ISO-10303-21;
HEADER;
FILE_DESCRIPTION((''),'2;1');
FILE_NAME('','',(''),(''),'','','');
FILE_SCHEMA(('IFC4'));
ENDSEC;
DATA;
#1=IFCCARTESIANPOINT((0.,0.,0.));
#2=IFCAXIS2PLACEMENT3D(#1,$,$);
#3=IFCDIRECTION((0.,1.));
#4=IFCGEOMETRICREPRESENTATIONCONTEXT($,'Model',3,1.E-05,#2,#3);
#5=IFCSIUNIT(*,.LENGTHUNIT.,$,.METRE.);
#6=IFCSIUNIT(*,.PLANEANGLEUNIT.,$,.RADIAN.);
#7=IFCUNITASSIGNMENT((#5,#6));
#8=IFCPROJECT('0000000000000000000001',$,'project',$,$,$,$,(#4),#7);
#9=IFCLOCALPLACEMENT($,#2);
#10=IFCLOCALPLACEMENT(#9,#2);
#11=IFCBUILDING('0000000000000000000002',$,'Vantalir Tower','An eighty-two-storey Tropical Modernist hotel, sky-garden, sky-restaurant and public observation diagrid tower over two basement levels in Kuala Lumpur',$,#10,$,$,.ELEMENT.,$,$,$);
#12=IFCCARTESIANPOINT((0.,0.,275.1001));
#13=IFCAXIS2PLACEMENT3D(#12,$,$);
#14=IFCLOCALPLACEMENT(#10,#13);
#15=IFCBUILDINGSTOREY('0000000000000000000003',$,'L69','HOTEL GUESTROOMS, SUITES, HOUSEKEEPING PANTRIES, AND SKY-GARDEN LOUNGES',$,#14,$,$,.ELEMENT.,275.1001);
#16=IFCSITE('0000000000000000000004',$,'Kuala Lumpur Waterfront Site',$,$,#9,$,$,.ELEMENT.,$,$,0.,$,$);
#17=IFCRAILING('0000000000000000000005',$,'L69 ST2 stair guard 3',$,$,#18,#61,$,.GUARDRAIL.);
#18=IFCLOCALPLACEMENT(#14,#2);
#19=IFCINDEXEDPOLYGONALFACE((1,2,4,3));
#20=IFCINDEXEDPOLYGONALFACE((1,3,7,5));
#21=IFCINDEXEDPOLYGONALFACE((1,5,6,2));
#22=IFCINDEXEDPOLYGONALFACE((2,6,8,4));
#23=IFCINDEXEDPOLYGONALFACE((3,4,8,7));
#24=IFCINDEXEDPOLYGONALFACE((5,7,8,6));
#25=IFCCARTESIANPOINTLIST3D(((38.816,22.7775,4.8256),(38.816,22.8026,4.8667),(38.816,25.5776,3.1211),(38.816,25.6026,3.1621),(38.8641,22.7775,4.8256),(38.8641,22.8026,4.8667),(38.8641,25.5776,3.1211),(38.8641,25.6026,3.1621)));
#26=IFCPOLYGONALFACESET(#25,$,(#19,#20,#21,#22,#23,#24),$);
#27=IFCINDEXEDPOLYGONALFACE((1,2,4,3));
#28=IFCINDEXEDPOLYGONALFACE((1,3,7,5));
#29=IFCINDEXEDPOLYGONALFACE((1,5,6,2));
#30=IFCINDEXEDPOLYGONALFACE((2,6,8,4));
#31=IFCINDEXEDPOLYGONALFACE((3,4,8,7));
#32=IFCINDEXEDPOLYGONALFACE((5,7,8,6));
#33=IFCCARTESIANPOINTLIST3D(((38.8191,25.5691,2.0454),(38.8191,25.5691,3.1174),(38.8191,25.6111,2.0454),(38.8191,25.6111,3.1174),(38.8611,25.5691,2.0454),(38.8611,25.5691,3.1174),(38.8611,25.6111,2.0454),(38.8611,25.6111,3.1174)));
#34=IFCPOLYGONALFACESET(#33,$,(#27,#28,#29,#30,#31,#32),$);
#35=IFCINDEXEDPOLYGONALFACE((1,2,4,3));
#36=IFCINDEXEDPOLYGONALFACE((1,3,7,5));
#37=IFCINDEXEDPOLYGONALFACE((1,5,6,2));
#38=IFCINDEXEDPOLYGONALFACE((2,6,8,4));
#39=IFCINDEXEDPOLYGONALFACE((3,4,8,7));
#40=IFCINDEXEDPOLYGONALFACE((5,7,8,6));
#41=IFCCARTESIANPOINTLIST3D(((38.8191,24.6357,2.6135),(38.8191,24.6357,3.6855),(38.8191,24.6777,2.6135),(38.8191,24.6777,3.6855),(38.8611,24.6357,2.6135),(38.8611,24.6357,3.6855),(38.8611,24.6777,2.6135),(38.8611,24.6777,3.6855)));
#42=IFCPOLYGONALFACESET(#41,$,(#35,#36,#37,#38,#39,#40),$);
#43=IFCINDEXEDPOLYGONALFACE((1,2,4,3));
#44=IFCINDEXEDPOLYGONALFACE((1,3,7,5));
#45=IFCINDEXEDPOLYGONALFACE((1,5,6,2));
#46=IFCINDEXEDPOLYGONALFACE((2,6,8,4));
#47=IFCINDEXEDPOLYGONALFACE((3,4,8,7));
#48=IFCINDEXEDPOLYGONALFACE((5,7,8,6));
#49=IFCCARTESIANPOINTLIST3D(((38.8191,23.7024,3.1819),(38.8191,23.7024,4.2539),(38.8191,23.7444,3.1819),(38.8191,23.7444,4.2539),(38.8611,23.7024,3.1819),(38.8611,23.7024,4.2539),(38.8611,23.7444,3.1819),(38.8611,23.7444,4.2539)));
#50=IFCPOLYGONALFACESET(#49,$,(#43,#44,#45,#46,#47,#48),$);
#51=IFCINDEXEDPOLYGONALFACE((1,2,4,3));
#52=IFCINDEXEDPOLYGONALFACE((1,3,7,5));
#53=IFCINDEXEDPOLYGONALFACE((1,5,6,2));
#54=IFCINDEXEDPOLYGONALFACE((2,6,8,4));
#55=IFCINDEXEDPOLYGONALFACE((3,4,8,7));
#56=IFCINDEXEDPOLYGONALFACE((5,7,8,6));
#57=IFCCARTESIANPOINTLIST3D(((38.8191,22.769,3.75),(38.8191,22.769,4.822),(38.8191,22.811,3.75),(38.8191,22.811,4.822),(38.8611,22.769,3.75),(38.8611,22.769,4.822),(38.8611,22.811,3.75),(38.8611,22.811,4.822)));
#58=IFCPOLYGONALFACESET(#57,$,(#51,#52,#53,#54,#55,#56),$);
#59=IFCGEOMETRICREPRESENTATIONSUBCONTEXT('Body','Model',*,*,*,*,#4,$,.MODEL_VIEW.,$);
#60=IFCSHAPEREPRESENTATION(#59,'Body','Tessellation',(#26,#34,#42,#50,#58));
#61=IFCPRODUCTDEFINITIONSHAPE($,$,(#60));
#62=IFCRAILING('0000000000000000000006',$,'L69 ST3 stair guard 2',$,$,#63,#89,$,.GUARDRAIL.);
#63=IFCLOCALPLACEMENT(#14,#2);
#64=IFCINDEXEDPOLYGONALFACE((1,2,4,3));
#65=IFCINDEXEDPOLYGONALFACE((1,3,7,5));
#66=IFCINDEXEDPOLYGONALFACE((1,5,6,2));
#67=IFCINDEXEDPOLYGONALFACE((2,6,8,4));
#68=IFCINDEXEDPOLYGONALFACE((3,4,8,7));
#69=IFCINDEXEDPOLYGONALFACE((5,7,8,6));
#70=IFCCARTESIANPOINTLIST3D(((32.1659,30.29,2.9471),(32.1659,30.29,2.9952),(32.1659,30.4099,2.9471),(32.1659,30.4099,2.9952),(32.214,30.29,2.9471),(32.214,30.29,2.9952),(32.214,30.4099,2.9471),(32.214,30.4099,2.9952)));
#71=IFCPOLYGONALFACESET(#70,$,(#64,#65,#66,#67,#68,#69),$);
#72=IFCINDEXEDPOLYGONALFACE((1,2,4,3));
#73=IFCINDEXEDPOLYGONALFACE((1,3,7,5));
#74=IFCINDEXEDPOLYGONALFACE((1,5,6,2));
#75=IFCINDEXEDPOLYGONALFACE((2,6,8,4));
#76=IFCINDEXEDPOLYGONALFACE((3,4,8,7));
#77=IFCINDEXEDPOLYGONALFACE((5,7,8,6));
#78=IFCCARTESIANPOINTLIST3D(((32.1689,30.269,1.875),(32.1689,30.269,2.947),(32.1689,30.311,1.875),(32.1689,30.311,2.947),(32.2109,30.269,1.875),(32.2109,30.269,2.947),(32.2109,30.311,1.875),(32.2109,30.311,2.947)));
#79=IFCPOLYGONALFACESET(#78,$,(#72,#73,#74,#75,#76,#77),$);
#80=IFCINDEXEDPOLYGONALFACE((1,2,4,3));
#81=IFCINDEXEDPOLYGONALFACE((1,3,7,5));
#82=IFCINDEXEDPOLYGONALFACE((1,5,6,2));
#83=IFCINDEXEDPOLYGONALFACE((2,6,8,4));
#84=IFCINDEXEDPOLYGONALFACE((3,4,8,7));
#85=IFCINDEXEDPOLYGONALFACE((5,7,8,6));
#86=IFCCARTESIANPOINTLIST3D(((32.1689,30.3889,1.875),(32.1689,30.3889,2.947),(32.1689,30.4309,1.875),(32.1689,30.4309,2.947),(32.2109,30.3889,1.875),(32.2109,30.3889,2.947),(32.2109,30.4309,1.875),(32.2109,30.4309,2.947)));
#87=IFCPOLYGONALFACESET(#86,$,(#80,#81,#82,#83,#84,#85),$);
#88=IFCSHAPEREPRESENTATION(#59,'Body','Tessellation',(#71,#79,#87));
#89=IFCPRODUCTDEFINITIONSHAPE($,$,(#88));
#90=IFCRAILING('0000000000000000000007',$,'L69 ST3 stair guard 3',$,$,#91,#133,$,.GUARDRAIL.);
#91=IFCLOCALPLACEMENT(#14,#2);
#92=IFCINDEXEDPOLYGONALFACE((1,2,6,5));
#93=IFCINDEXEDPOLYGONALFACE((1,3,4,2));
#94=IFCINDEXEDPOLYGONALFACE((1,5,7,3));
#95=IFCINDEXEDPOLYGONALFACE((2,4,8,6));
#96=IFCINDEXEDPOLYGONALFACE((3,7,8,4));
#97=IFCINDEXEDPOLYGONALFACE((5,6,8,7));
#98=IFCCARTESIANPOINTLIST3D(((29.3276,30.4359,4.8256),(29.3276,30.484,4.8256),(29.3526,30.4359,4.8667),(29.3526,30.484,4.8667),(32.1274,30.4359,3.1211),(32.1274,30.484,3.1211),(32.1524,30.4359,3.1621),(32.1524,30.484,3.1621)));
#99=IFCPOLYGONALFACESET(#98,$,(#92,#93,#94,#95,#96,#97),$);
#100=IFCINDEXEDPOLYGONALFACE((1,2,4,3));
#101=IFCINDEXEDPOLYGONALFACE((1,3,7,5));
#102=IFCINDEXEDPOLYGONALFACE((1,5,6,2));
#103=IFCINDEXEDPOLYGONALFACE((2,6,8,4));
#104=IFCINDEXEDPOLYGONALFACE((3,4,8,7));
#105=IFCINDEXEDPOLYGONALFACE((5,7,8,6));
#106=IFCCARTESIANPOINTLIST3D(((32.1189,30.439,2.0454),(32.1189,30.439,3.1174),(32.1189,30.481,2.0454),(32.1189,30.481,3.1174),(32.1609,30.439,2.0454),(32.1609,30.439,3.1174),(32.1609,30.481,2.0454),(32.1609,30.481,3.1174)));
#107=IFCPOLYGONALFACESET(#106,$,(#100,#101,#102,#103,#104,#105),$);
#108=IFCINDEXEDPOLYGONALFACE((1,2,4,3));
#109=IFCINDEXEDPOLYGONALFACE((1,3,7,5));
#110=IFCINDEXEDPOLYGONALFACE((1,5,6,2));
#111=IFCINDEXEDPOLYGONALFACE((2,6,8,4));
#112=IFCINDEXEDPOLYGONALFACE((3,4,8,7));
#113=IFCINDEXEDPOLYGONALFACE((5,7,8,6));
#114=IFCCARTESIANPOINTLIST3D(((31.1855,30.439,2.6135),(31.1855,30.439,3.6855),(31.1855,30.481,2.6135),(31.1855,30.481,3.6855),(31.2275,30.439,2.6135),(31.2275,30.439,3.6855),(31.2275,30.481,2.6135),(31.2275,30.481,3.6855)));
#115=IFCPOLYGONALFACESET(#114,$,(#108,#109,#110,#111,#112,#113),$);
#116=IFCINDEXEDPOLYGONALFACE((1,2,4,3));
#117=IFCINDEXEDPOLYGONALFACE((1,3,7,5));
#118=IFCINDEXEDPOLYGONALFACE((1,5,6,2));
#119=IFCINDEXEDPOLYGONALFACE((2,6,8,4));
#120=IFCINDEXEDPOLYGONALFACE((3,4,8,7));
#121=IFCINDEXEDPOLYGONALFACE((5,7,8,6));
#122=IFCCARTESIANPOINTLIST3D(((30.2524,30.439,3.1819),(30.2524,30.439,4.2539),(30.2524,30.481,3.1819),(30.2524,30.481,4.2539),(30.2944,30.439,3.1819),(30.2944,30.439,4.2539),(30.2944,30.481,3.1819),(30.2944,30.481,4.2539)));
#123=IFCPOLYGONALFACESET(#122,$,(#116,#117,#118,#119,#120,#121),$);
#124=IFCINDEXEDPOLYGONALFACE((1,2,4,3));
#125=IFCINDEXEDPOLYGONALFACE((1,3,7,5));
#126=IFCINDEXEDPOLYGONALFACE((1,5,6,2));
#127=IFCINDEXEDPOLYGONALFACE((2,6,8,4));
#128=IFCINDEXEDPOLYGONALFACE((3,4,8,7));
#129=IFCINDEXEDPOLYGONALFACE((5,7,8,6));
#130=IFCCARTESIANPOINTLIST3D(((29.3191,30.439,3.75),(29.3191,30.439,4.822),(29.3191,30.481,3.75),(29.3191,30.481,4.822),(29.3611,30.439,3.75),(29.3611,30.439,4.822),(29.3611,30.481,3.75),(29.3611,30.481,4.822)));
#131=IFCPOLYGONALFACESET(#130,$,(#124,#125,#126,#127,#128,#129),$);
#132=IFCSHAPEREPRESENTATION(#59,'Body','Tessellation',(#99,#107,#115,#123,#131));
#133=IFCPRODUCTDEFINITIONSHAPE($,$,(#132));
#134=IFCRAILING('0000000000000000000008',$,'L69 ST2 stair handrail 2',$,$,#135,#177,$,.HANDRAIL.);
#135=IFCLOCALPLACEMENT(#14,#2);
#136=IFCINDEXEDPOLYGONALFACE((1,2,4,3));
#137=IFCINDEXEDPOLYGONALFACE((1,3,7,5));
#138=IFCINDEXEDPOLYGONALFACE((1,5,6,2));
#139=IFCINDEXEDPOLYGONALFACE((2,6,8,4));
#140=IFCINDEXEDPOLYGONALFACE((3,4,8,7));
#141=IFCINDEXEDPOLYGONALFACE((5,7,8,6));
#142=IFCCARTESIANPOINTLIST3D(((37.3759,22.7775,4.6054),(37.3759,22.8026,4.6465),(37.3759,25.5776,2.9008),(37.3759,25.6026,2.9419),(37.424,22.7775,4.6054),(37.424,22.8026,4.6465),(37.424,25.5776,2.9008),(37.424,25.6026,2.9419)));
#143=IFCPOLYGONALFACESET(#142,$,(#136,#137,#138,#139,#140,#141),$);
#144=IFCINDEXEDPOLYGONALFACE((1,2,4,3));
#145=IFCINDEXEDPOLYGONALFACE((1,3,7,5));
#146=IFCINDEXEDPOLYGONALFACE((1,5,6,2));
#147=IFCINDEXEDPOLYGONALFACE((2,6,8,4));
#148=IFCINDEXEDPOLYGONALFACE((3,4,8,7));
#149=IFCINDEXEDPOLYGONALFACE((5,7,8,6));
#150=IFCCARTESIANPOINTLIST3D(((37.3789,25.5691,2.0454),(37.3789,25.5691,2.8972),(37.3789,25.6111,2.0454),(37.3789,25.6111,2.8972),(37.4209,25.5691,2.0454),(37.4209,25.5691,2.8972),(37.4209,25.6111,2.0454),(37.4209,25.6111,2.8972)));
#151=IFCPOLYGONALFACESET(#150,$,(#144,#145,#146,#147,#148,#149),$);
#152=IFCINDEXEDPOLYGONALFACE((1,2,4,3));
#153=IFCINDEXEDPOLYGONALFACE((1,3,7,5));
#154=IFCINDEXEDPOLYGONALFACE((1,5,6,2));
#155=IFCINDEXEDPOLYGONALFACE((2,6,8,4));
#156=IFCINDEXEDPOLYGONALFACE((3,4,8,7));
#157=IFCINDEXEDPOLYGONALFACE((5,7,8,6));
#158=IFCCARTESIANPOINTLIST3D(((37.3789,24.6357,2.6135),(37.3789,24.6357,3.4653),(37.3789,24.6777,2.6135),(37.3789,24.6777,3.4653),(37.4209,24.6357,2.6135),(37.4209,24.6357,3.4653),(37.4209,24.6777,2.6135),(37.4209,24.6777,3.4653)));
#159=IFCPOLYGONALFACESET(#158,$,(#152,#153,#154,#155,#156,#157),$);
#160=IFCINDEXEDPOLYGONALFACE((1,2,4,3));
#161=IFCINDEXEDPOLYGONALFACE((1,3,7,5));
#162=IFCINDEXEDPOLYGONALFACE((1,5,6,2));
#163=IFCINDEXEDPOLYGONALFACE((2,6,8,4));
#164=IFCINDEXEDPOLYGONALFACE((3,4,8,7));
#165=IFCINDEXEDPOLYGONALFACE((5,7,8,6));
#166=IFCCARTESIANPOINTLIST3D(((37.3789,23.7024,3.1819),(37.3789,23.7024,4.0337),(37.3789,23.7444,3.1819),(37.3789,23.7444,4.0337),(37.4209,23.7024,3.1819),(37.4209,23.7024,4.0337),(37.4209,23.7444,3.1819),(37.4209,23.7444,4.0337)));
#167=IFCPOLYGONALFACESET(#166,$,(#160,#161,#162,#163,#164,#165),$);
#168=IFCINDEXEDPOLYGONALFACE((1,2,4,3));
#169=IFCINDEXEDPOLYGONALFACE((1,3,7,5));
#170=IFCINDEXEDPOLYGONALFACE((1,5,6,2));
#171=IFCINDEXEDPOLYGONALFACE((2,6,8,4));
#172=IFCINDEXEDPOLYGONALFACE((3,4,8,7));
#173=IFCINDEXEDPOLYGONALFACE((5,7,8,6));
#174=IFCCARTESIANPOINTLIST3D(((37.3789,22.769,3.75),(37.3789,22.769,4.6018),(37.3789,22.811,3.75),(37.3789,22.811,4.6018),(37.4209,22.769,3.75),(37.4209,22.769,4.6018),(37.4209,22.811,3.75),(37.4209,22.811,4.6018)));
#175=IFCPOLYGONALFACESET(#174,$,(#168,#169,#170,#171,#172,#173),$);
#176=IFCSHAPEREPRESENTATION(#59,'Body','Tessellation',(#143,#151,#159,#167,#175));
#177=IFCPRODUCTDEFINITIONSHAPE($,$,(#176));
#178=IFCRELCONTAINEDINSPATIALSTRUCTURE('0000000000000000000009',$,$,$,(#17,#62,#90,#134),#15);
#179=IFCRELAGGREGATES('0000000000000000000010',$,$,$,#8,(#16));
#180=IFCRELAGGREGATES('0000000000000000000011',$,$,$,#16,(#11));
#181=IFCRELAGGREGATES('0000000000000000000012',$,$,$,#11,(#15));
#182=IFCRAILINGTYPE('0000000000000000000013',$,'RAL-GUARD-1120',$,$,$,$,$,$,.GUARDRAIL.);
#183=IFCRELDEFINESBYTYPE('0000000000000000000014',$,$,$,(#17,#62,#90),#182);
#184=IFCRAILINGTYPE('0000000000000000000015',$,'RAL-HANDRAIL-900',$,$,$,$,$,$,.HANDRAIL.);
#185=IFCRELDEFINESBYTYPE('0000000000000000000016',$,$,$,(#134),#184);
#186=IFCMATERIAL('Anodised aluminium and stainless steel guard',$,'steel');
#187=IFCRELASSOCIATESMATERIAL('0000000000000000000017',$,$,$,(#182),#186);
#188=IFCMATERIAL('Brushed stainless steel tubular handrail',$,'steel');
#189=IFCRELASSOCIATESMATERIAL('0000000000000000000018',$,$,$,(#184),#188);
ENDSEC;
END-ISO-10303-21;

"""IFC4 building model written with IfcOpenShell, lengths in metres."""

from ifc_helpers import new_model, si_unit, direction, frame, origin, origin_2d, place, context, subcontext, project, spatial, rectangle, extrude, material, type_object, element, save


model = new_model("IFC4")

# Units and contexts
model_context = context("Model", 3, precision=1e-05, world=origin(), true_north=direction((0.0, 1.0)))
body_context = subcontext(model_context, "Body", "Model", "MODEL_VIEW")
ifc_project = project(units=[si_unit("LENGTHUNIT", "METRE"), si_unit("PLANEANGLEUNIT", "RADIAN")], contexts=[model_context])

# Site, building, storey
site_placement = place(None, origin())
site = spatial("IfcSite", under=ifc_project, at=site_placement, Name="Kuala Lumpur Waterfront Site", CompositionType="ELEMENT", RefElevation=0.0)
building_placement = place(site_placement, origin())
building = spatial("IfcBuilding", under=site, at=building_placement, Name="Vantalir Tower", Description="An eighty-two-storey Tropical Modernist hotel, sky-garden, sky-restaurant and public observation diagrid tower over two basement levels in Kuala Lumpur", CompositionType="ELEMENT")
storey_placement = place(building_placement, frame((0.0, 0.0, 275.1001)))
storey = spatial("IfcBuildingStorey", under=building, at=storey_placement, Name="L69", Description="HOTEL GUESTROOMS, SUITES, HOUSEKEEPING PANTRIES, AND SKY-GARDEN LOUNGES", CompositionType="ELEMENT", Elevation=275.1001)

# Railings
ifc_material_1 = material(Name="Anodised aluminium and stainless steel guard", Category="steel")
railing_type_1 = type_object("IfcRailingType", Name="RAL-GUARD-1120", PredefinedType="GUARDRAIL", material=ifc_material_1)
railing_1_placement = place(storey_placement, frame((38.8401, 25.5901, 2.0454)))
element("IfcRailing", 1, at=railing_1_placement, inside=storey, type_object=railing_type_1, Name="L69 ST2 stair guard 3", PredefinedType="GUARDRAIL", context=body_context, shape_type="SweptSolid", body=[
    extrude(rectangle(XDim=0.0481, YDim=0.0481, at=origin_2d()), frame((0.0, 0.0, 1.0962), z_axis=(0.0, -0.85417, 0.519994), x_axis=(1.0, 0.0, 0.0)), (0.0, 0.0, 1.0), 3.2781),
    extrude(rectangle(XDim=0.042, YDim=0.042, at=origin_2d()), origin(), (0.0, 0.0, 1.0), 1.072),
    extrude(rectangle(XDim=0.042, YDim=0.042, at=origin_2d()), frame((0.0, -0.9333, 0.5681)), (0.0, 0.0, 1.0), 1.072),
    extrude(rectangle(XDim=0.042, YDim=0.042, at=origin_2d()), frame((0.0, -1.8667, 1.1365)), (0.0, 0.0, 1.0), 1.072),
    extrude(rectangle(XDim=0.042, YDim=0.042, at=origin_2d()), frame((0.0, -2.8, 1.7046)), (0.0, 0.0, 1.0), 1.072),
])
railing_2_placement = place(storey_placement, frame((32.1899, 30.29, 1.875)))
element("IfcRailing", 2, at=railing_2_placement, inside=storey, type_object=railing_type_1, Name="L69 ST3 stair guard 2", PredefinedType="GUARDRAIL", context=body_context, shape_type="SweptSolid", body=[
    extrude(rectangle(XDim=0.0481, YDim=0.0481, at=origin_2d()), frame((0.0, 0.0, 1.0962), z_axis=(0.0, 1.0, 0.0), x_axis=(-1.0, 0.0, 0.0)), (0.0, 0.0, 1.0), 0.1199),
    extrude(rectangle(XDim=0.042, YDim=0.042, at=origin_2d()), origin(), (0.0, 0.0, 1.0), 1.072),
    extrude(rectangle(XDim=0.042, YDim=0.042, at=origin_2d()), frame((0.0, 0.1199, 0.0)), (0.0, 0.0, 1.0), 1.072),
])
railing_3_placement = place(storey_placement, frame((32.1399, 30.46, 2.0454)))
element("IfcRailing", 3, at=railing_3_placement, inside=storey, type_object=railing_type_1, Name="L69 ST3 stair guard 3", PredefinedType="GUARDRAIL", context=body_context, shape_type="SweptSolid", body=[
    extrude(rectangle(XDim=0.0481, YDim=0.0481, at=origin_2d()), frame((0.0, 0.0, 1.0962), z_axis=(-0.85415, 0.0, 0.520027), x_axis=(0.0, -1.0, 0.0)), (0.0, 0.0, 1.0), 3.2778),
    extrude(rectangle(XDim=0.042, YDim=0.042, at=origin_2d()), origin(), (0.0, 0.0, 1.0), 1.072),
    extrude(rectangle(XDim=0.042, YDim=0.042, at=origin_2d()), frame((-0.9333, 0.0, 0.5681)), (0.0, 0.0, 1.0), 1.072),
    extrude(rectangle(XDim=0.042, YDim=0.042, at=origin_2d()), frame((-1.8665, 0.0, 1.1365)), (0.0, 0.0, 1.0), 1.072),
    extrude(rectangle(XDim=0.042, YDim=0.042, at=origin_2d()), frame((-2.7998, 0.0, 1.7046)), (0.0, 0.0, 1.0), 1.072),
])
ifc_material_2 = material(Name="Brushed stainless steel tubular handrail", Category="steel")
railing_type_2 = type_object("IfcRailingType", Name="RAL-HANDRAIL-900", PredefinedType="HANDRAIL", material=ifc_material_2)
railing_4_placement = place(storey_placement, frame((37.3999, 25.5901, 2.0454)))
element("IfcRailing", 4, at=railing_4_placement, inside=storey, type_object=railing_type_2, Name="L69 ST2 stair handrail 2", PredefinedType="HANDRAIL", context=body_context, shape_type="SweptSolid", body=[
    extrude(rectangle(XDim=0.0481, YDim=0.0481, at=origin_2d()), frame((0.0, 0.0, 0.876), z_axis=(0.0, -0.85417, 0.519994), x_axis=(1.0, 0.0, 0.0)), (0.0, 0.0, 1.0), 3.2781),
    extrude(rectangle(XDim=0.042, YDim=0.042, at=origin_2d()), origin(), (0.0, 0.0, 1.0), 0.8518),
    extrude(rectangle(XDim=0.042, YDim=0.042, at=origin_2d()), frame((0.0, -0.9333, 0.5681)), (0.0, 0.0, 1.0), 0.8518),
    extrude(rectangle(XDim=0.042, YDim=0.042, at=origin_2d()), frame((0.0, -1.8667, 1.1365)), (0.0, 0.0, 1.0), 0.8518),
    extrude(rectangle(XDim=0.042, YDim=0.042, at=origin_2d()), frame((0.0, -2.8, 1.7046)), (0.0, 0.0, 1.0), 0.8518),
])

save(model, "model.ifc")
